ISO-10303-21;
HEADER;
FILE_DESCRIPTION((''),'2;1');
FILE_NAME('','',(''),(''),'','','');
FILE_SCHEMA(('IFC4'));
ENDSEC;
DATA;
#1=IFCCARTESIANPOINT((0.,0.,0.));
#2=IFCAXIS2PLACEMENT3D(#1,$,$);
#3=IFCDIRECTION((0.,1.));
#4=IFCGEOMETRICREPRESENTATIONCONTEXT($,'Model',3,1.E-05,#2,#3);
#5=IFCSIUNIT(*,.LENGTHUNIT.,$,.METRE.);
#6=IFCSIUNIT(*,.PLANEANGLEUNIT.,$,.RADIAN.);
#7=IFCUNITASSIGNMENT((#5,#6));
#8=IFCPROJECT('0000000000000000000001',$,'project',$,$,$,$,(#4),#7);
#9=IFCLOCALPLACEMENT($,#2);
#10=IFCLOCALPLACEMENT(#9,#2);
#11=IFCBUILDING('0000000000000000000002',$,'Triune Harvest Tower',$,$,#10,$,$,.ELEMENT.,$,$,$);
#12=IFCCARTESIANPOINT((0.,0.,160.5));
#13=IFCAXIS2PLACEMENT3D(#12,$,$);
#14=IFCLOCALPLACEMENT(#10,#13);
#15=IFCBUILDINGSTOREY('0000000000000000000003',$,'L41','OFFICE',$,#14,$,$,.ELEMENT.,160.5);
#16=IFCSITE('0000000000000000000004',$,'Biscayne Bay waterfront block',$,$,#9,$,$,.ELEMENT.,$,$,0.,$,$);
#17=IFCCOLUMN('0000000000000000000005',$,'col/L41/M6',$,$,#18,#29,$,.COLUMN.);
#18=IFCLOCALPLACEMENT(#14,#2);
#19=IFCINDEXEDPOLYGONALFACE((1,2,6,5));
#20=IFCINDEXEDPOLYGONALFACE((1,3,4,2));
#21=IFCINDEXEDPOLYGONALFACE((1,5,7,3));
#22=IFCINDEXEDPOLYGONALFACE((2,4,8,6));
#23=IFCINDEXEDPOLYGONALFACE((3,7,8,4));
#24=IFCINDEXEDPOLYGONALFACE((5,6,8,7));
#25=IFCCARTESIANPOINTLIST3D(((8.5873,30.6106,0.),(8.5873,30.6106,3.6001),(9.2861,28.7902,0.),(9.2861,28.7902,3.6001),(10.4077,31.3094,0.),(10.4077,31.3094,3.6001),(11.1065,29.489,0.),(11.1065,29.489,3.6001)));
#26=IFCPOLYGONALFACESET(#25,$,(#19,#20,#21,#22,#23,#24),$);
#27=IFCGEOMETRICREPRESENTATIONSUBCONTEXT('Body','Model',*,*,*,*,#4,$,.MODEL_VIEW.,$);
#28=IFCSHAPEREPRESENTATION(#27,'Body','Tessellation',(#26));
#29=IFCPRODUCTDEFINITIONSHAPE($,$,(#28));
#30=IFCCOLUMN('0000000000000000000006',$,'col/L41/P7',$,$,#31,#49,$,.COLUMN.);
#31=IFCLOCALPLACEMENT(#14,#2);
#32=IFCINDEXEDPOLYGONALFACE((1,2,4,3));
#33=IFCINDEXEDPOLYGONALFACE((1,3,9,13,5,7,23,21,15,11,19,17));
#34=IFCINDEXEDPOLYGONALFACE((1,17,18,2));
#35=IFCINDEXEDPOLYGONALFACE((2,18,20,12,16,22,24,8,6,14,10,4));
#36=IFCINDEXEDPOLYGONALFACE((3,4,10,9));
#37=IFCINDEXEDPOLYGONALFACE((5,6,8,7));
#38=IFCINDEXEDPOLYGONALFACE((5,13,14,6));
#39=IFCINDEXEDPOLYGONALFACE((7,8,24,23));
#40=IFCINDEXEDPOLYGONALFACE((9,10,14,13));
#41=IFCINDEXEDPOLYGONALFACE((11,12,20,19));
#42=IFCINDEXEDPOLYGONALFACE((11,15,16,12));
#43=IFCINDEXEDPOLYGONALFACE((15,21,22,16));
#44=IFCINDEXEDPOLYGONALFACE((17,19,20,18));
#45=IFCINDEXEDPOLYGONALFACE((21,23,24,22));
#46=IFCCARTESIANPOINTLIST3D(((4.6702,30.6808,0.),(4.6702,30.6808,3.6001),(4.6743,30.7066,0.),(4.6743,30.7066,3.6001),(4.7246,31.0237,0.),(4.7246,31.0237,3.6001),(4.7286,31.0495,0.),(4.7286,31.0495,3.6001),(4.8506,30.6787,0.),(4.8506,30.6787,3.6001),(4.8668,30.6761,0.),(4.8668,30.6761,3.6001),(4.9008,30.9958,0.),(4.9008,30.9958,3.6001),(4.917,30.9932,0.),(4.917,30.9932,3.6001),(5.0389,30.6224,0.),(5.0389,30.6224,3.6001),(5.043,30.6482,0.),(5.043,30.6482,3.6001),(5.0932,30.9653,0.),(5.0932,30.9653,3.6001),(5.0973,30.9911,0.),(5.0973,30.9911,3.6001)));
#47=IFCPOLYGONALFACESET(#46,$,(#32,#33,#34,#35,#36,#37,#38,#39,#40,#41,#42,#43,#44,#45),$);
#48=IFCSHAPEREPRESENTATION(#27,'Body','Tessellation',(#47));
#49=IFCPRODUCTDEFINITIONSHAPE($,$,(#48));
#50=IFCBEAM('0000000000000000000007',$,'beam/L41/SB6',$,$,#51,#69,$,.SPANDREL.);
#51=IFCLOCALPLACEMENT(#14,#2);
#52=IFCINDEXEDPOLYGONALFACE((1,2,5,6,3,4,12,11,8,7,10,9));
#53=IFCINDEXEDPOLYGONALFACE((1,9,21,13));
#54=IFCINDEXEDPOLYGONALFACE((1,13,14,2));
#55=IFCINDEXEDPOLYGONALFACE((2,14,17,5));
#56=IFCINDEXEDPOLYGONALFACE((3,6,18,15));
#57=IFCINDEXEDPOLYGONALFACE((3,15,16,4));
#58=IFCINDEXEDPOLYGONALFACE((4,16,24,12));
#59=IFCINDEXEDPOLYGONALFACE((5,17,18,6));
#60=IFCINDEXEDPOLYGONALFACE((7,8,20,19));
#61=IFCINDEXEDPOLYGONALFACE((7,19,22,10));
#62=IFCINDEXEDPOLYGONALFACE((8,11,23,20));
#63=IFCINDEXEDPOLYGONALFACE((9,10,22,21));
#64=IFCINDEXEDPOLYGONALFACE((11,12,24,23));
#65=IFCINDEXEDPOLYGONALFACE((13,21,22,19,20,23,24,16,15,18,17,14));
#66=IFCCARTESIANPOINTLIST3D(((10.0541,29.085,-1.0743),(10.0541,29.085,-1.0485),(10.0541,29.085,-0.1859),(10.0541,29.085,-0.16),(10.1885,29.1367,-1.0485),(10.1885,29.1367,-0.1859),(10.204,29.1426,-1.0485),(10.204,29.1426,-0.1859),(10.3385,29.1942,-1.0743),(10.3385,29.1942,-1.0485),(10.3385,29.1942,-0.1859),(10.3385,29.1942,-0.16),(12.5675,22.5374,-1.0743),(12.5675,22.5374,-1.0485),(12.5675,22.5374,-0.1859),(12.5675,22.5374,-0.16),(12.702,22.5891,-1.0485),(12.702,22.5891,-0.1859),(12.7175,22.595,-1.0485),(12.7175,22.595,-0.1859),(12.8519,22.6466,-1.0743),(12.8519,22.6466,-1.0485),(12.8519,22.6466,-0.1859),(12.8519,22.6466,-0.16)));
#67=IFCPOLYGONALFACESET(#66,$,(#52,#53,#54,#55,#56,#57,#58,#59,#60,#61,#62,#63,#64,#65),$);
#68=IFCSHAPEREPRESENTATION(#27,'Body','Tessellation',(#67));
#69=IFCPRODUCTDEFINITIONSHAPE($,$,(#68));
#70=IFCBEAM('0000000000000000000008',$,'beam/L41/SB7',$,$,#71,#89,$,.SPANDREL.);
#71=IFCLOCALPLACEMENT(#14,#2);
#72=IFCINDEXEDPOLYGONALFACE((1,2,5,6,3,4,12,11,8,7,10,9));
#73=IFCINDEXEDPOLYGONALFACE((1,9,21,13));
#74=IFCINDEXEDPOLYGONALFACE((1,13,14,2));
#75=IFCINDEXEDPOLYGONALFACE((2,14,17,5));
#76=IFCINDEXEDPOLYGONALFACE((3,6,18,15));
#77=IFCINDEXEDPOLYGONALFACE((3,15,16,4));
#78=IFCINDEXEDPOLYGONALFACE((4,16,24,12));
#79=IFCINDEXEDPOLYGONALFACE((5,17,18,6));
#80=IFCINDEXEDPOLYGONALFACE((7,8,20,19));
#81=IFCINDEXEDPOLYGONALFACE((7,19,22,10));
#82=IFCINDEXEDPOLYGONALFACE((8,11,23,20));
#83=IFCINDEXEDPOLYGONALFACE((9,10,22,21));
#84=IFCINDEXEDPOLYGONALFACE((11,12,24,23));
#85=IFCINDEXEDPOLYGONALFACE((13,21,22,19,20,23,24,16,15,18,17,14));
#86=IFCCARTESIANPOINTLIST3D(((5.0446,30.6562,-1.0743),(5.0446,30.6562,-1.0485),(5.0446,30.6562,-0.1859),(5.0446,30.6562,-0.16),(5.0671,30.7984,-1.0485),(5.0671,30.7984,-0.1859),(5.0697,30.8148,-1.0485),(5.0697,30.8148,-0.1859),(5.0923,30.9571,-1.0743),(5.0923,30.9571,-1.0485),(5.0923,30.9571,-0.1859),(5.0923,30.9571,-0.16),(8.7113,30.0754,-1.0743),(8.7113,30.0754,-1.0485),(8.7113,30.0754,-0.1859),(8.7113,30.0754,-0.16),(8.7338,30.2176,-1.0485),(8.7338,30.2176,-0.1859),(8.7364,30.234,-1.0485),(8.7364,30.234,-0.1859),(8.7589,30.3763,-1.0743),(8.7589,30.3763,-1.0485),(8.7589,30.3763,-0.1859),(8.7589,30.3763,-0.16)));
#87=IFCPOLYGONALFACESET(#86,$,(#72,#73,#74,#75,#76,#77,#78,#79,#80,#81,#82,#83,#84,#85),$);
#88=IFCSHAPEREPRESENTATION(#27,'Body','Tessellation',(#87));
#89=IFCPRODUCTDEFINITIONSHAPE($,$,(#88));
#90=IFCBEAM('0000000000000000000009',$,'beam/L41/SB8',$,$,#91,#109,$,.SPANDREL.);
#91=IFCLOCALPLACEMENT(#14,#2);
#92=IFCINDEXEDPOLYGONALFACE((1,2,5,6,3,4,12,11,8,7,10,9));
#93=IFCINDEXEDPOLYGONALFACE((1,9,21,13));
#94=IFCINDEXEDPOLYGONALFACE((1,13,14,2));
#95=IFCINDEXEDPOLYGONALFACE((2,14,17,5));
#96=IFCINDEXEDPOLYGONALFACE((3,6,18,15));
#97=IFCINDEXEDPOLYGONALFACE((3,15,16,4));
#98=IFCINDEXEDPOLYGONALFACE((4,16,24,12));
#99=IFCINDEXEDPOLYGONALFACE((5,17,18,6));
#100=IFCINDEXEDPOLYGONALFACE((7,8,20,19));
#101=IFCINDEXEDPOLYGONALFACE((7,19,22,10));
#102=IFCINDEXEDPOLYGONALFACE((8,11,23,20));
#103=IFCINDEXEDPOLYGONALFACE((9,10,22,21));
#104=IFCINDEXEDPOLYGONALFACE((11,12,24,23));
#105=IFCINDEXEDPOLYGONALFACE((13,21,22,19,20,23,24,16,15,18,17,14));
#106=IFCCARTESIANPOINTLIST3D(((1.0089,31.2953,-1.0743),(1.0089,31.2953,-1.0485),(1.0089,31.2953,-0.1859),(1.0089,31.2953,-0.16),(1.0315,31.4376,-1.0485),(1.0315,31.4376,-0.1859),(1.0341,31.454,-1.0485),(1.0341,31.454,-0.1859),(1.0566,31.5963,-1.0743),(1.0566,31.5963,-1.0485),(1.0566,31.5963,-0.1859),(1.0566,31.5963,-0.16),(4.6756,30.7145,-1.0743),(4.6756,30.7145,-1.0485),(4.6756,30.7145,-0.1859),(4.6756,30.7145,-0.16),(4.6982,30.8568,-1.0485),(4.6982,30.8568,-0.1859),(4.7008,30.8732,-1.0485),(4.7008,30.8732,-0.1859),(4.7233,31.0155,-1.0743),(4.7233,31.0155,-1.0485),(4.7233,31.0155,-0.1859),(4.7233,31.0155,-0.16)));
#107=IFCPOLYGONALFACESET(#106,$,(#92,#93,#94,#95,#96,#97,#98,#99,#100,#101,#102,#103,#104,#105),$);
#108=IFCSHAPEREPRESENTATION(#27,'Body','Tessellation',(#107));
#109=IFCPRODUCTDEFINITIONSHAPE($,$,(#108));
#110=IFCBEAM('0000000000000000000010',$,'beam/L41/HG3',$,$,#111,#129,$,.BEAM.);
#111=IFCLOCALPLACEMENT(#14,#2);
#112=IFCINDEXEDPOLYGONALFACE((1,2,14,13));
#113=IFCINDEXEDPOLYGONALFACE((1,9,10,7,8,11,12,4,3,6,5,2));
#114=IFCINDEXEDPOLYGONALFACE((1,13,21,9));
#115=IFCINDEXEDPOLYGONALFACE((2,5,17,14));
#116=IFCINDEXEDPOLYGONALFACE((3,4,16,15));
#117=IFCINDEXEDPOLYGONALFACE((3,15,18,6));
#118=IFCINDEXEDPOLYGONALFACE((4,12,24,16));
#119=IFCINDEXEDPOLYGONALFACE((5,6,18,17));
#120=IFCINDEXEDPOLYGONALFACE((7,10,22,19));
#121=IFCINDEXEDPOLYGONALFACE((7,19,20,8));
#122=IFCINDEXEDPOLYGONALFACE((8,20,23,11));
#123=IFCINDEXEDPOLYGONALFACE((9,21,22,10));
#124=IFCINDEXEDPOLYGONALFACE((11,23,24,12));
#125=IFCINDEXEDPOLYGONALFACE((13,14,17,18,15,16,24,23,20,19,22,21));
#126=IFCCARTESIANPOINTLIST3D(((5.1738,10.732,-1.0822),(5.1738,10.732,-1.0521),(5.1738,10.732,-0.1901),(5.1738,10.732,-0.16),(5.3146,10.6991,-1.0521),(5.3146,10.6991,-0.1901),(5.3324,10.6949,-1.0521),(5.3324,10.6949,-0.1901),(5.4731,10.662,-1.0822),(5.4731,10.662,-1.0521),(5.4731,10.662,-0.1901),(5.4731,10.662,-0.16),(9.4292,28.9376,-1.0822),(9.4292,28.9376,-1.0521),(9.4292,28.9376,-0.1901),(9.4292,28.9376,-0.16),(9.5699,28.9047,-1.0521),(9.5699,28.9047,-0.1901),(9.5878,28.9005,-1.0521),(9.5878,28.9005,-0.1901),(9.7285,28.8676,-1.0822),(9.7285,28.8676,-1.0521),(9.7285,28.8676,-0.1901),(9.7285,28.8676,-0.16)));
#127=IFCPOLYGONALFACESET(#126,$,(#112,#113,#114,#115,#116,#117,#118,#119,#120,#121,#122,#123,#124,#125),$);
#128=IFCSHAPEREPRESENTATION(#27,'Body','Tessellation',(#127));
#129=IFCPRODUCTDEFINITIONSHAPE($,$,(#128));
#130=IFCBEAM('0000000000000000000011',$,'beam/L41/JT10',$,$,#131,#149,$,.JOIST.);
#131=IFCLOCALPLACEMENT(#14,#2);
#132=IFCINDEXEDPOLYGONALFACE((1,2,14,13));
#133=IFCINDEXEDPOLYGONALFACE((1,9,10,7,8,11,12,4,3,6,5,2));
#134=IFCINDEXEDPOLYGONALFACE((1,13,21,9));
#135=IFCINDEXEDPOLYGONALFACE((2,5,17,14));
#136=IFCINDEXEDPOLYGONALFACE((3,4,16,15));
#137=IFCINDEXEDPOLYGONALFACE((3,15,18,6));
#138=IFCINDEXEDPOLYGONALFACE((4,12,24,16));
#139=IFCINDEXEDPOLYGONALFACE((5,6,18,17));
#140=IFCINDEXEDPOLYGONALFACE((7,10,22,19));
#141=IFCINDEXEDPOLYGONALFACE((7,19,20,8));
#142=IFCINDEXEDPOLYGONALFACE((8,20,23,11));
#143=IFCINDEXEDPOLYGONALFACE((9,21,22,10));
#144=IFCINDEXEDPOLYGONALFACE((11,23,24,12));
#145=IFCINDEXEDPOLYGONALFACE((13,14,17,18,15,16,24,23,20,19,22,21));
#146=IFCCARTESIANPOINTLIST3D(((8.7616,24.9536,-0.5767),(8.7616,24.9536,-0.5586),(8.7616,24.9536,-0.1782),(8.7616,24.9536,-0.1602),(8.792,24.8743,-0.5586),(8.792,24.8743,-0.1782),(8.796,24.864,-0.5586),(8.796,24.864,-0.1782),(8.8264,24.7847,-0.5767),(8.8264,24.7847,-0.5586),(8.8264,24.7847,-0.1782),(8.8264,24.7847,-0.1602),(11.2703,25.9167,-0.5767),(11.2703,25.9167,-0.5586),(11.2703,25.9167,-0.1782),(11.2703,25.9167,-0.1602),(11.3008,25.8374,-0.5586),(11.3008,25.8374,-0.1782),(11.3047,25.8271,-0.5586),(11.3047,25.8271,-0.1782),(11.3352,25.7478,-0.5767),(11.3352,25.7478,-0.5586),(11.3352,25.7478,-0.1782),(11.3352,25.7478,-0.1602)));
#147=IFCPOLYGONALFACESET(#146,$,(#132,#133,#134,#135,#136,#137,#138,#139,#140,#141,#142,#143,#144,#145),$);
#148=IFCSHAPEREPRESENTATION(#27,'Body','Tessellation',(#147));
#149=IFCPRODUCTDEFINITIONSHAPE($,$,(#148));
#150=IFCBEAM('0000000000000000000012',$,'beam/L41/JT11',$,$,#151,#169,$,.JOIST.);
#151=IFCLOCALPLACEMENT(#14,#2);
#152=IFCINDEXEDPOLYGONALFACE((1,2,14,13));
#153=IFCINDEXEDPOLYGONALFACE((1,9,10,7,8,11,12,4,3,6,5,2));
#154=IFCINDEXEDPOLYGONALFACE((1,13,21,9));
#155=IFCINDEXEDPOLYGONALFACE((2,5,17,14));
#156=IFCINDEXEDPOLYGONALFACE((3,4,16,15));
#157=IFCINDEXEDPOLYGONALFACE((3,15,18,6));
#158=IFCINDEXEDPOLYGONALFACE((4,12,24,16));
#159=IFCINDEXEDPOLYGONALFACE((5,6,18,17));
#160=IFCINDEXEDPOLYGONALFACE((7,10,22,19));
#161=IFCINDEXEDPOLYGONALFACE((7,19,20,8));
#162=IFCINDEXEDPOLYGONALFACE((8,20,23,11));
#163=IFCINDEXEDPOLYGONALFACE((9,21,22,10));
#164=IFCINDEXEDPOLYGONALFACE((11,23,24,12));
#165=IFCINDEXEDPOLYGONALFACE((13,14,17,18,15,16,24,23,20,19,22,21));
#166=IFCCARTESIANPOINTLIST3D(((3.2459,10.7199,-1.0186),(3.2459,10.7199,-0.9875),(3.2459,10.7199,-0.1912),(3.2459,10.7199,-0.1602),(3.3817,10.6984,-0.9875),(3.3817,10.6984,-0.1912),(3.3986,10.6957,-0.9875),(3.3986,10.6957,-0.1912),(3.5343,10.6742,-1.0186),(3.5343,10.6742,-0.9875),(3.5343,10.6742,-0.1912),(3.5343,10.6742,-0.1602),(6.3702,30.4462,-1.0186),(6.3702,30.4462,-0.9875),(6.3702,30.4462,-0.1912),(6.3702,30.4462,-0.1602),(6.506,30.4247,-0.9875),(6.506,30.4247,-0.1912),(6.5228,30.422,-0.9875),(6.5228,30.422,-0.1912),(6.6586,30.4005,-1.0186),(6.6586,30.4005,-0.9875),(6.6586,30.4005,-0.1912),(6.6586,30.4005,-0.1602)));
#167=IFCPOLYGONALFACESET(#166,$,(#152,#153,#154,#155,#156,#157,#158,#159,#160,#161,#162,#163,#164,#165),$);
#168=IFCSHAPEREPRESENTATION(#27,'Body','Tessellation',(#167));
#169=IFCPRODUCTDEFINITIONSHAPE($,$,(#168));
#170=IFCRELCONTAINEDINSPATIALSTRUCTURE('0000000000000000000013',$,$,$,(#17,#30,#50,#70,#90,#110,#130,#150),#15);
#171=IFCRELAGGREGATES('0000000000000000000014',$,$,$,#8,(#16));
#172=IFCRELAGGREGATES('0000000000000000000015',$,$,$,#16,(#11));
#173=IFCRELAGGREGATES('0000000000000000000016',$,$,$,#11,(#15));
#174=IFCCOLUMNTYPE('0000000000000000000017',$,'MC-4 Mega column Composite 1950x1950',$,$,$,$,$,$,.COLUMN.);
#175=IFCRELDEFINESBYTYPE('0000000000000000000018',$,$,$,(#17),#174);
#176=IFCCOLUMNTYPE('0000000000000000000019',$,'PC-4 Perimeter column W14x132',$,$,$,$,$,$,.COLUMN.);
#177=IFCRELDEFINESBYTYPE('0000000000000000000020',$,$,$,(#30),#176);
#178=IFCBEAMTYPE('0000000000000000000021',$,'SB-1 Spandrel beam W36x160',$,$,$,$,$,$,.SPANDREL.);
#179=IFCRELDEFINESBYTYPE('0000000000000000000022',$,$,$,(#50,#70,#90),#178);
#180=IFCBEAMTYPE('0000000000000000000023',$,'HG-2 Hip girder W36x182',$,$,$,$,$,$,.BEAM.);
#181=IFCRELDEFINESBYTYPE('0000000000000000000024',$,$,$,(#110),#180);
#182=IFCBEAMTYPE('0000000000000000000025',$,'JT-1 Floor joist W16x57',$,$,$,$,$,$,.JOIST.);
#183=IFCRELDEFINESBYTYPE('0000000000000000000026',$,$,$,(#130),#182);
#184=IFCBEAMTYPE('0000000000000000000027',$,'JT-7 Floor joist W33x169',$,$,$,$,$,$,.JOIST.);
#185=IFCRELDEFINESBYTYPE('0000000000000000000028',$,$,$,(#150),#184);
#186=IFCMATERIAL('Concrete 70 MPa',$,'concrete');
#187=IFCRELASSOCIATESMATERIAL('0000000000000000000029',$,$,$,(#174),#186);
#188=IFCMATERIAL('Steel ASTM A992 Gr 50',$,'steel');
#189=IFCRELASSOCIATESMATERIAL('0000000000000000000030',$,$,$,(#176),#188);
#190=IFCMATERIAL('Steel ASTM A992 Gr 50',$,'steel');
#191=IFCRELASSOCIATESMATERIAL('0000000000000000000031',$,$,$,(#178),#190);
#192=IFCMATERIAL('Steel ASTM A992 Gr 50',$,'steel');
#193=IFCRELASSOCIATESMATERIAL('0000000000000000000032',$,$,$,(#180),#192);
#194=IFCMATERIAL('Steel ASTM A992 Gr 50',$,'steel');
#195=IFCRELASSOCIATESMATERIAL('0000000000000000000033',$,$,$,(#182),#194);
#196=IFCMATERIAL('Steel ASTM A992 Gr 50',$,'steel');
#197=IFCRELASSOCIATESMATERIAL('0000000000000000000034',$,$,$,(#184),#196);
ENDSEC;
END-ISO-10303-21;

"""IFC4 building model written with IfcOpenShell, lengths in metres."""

from ifc_helpers import new_model, si_unit, direction, frame, origin, origin_2d, place, context, subcontext, project, spatial, rectangle, i_section, extrude, source, transform, mapped, material, material_profile, profile_set, type_object, element, save


model = new_model("IFC4")

# Units and contexts
model_context = context("Model", 3, precision=1e-05, world=origin(), true_north=direction((0.0, 1.0)))
body_context = subcontext(model_context, "Body", "Model", "MODEL_VIEW")
ifc_project = project(units=[si_unit("LENGTHUNIT", "METRE"), si_unit("PLANEANGLEUNIT", "RADIAN")], contexts=[model_context])

# Site, building, storey
site_placement = place(None, origin())
site = spatial("IfcSite", under=ifc_project, at=site_placement, Name="Biscayne Bay waterfront block", CompositionType="ELEMENT", RefElevation=0.0)
building_placement = place(site_placement, origin())
building = spatial("IfcBuilding", under=site, at=building_placement, Name="Triune Harvest Tower", CompositionType="ELEMENT")
storey_placement = place(building_placement, frame((0.0, 0.0, 160.5)))
storey = spatial("IfcBuildingStorey", under=building, at=storey_placement, Name="L41", Description="OFFICE", CompositionType="ELEMENT", Elevation=160.5)

# Columns
ifc_material_1 = material(Name="Concrete 70 MPa", Category="concrete")
ifc_material_profile_1 = material_profile(ifc_material_1, rectangle(XDim=1.95, YDim=1.95, at=origin_2d()), Name="Composite 1950x1950")
ifc_profile_set_1 = profile_set([ifc_material_profile_1], Name="Concrete 70 MPa")
column_type_1 = type_object("IfcColumnType", Name="MC-4 Mega column Composite 1950x1950", PredefinedType="COLUMN", material=ifc_profile_set_1)
shared_shape_1 = source(origin(), body_context, "Body", "SweptSolid", [
    extrude(rectangle(XDim=1.95, YDim=1.95, at=origin_2d()), origin(), (0.0, 0.0, 1.0), 3.6001),
])
column_1_placement = place(storey_placement, frame((9.8469, 30.0498, 0.0), z_axis=(0.0, 0.0, 1.0), x_axis=(-0.358368, 0.93358, 0.0)))
element("IfcColumn", 1, at=column_1_placement, inside=storey, type_object=column_type_1, Name="col/L41/M6", PredefinedType="COLUMN", context=body_context, shape_type="MappedRepresentation", body=[
    mapped(shared_shape_1, transform((0.0, 0.0, 0.0), scale=1.0)),
])
ifc_material_2 = material(Name="Steel ASTM A992 Gr 50", Category="steel")
ifc_material_profile_2 = material_profile(ifc_material_2, i_section(OverallWidth=0.3733, OverallDepth=0.3733, WebThickness=0.0164, FlangeThickness=0.0261, at=origin_2d()), Name="W14x132")
ifc_profile_set_2 = profile_set([ifc_material_profile_2], Name="Steel ASTM A992 Gr 50")
column_type_2 = type_object("IfcColumnType", Name="PC-4 Perimeter column W14x132", PredefinedType="COLUMN", material=ifc_profile_set_2)
shared_shape_2 = source(origin(), body_context, "Body", "SweptSolid", [
    extrude(i_section(OverallWidth=0.3733, OverallDepth=0.3733, WebThickness=0.0164, FlangeThickness=0.0261, at=origin_2d()), origin(), (0.0, 0.0, 1.0), 3.6001),
])
column_2_placement = place(storey_placement, frame((4.8838, 30.8359, 0.0), z_axis=(0.0, 0.0, 1.0), x_axis=(-0.987688, 0.156434, 0.0)))
element("IfcColumn", 2, at=column_2_placement, inside=storey, type_object=column_type_2, Name="col/L41/P7", PredefinedType="COLUMN", context=body_context, shape_type="MappedRepresentation", body=[
    mapped(shared_shape_2, transform((0.0, 0.0, 0.0), scale=1.0)),
])

# Beams
ifc_material_3 = material(Name="Steel ASTM A992 Gr 50", Category="steel")
ifc_material_profile_3 = material_profile(ifc_material_3, i_section(OverallWidth=0.3047, OverallDepth=0.9143, WebThickness=0.0166, FlangeThickness=0.0259, at=origin_2d()), Name="W36x160")
ifc_profile_set_3 = profile_set([ifc_material_profile_3], Name="Steel ASTM A992 Gr 50")
beam_type_1 = type_object("IfcBeamType", Name="SB-1 Spandrel beam W36x160", PredefinedType="SPANDREL", material=ifc_profile_set_3)
shared_shape_3 = source(origin(), body_context, "Body", "SweptSolid", [
    extrude(i_section(OverallWidth=0.3047, OverallDepth=0.9143, WebThickness=0.0166, FlangeThickness=0.0259, at=origin_2d()), origin(), (0.0, 0.0, 1.0), 7.0134),
])
beam_1_placement = place(storey_placement, frame((12.7097, 22.592, -0.6172), z_axis=(-0.358373, 0.933579, 0.0), x_axis=(-0.933579, -0.358373, 0.0)))
element("IfcBeam", 3, at=beam_1_placement, inside=storey, type_object=beam_type_1, Name="beam/L41/SB6", PredefinedType="SPANDREL", context=body_context, shape_type="MappedRepresentation", body=[
    mapped(shared_shape_3, transform((0.0, 0.0, 0.0), scale=1.0)),
])
shared_shape_4 = source(origin(), body_context, "Body", "SweptSolid", [
    extrude(i_section(OverallWidth=0.3047, OverallDepth=0.9143, WebThickness=0.0166, FlangeThickness=0.0259, at=origin_2d()), origin(), (0.0, 0.0, 1.0), 3.7124),
])
for number, where, z_axis, x_axis, name in (
    (4, (8.7351, 30.2258, -0.6172), (-0.987686, 0.156449, 0.0), (-0.156449, -0.987686, 0.0), "beam/L41/SB7"),
    (5, (4.6995, 30.865, -0.6172), (-0.987686, 0.156449, 0.0), (-0.156449, -0.987686, 0.0), "beam/L41/SB8"),
):
    element("IfcBeam", number, at=place(storey_placement, frame(where, z_axis=z_axis, x_axis=x_axis)), inside=storey, type_object=beam_type_1, Name=name, PredefinedType="SPANDREL", context=body_context, shape_type="MappedRepresentation", body=[
        mapped(shared_shape_4, transform((0.0, 0.0, 0.0), scale=1.0)),
    ])
ifc_material_4 = material(Name="Steel ASTM A992 Gr 50", Category="steel")
ifc_material_profile_4 = material_profile(ifc_material_4, i_section(OverallWidth=0.3074, OverallDepth=0.9221, WebThickness=0.0183, FlangeThickness=0.03, at=origin_2d()), Name="W36x182")
ifc_profile_set_4 = profile_set([ifc_material_profile_4], Name="Steel ASTM A992 Gr 50")
beam_type_2 = type_object("IfcBeamType", Name="HG-2 Hip girder W36x182", PredefinedType="BEAM", material=ifc_profile_set_4)
shared_shape_5 = source(origin(), body_context, "Body", "SweptSolid", [
    extrude(i_section(OverallWidth=0.3074, OverallDepth=0.9221, WebThickness=0.0183, FlangeThickness=0.03, at=origin_2d()), origin(), (0.0, 0.0, 1.0), 18.6963),
])
beam_2_placement = place(storey_placement, frame((9.5789, 28.9026, -0.6211), z_axis=(-0.227605, -0.973753, 0.0), x_axis=(0.973753, -0.227605, 0.0)))
element("IfcBeam", 6, at=beam_2_placement, inside=storey, type_object=beam_type_2, Name="beam/L41/HG3", PredefinedType="BEAM", context=body_context, shape_type="MappedRepresentation", body=[
    mapped(shared_shape_5, transform((0.0, 0.0, 0.0), scale=1.0)),
])
ifc_material_5 = material(Name="Steel ASTM A992 Gr 50", Category="steel")
ifc_material_profile_5 = material_profile(ifc_material_5, i_section(OverallWidth=0.1809, OverallDepth=0.4165, WebThickness=0.011, FlangeThickness=0.0181, at=origin_2d()), Name="W16x57")
ifc_profile_set_5 = profile_set([ifc_material_profile_5], Name="Steel ASTM A992 Gr 50")
beam_type_3 = type_object("IfcBeamType", Name="JT-1 Floor joist W16x57", PredefinedType="JOIST", material=ifc_profile_set_5)
shared_shape_6 = source(origin(), body_context, "Body", "SweptSolid", [
    extrude(i_section(OverallWidth=0.1809, OverallDepth=0.4165, WebThickness=0.011, FlangeThickness=0.0181, at=origin_2d()), origin(), (0.0, 0.0, 1.0), 2.6873),
])
beam_3_placement = place(storey_placement, frame((11.3027, 25.8323, -0.3684), z_axis=(-0.933568, -0.358401, 0.0), x_axis=(0.358401, -0.933568, 0.0)))
element("IfcBeam", 7, at=beam_3_placement, inside=storey, type_object=beam_type_3, Name="beam/L41/JT10", PredefinedType="JOIST", context=body_context, shape_type="MappedRepresentation", body=[
    mapped(shared_shape_6, transform((0.0, 0.0, 0.0), scale=1.0)),
])
ifc_material_6 = material(Name="Steel ASTM A992 Gr 50", Category="steel")
ifc_material_profile_6 = material_profile(ifc_material_6, i_section(OverallWidth=0.292, OverallDepth=0.8584, WebThickness=0.0171, FlangeThickness=0.031, at=origin_2d()), Name="W33x169")
ifc_profile_set_6 = profile_set([ifc_material_profile_6], Name="Steel ASTM A992 Gr 50")
beam_type_4 = type_object("IfcBeamType", Name="JT-7 Floor joist W33x169", PredefinedType="JOIST", material=ifc_profile_set_6)
shared_shape_7 = source(origin(), body_context, "Body", "SweptSolid", [
    extrude(i_section(OverallWidth=0.292, OverallDepth=0.8584, WebThickness=0.0171, FlangeThickness=0.031, at=origin_2d()), origin(), (0.0, 0.0, 1.0), 19.9722),
])
beam_4_placement = place(storey_placement, frame((6.5144, 30.4233, -0.5894), z_axis=(-0.156431, -0.987689, 0.0), x_axis=(0.987689, -0.156431, 0.0)))
element("IfcBeam", 8, at=beam_4_placement, inside=storey, type_object=beam_type_4, Name="beam/L41/JT11", PredefinedType="JOIST", context=body_context, shape_type="MappedRepresentation", body=[
    mapped(shared_shape_7, transform((0.0, 0.0, 0.0), scale=1.0)),
])

save(model, "model.ifc")
